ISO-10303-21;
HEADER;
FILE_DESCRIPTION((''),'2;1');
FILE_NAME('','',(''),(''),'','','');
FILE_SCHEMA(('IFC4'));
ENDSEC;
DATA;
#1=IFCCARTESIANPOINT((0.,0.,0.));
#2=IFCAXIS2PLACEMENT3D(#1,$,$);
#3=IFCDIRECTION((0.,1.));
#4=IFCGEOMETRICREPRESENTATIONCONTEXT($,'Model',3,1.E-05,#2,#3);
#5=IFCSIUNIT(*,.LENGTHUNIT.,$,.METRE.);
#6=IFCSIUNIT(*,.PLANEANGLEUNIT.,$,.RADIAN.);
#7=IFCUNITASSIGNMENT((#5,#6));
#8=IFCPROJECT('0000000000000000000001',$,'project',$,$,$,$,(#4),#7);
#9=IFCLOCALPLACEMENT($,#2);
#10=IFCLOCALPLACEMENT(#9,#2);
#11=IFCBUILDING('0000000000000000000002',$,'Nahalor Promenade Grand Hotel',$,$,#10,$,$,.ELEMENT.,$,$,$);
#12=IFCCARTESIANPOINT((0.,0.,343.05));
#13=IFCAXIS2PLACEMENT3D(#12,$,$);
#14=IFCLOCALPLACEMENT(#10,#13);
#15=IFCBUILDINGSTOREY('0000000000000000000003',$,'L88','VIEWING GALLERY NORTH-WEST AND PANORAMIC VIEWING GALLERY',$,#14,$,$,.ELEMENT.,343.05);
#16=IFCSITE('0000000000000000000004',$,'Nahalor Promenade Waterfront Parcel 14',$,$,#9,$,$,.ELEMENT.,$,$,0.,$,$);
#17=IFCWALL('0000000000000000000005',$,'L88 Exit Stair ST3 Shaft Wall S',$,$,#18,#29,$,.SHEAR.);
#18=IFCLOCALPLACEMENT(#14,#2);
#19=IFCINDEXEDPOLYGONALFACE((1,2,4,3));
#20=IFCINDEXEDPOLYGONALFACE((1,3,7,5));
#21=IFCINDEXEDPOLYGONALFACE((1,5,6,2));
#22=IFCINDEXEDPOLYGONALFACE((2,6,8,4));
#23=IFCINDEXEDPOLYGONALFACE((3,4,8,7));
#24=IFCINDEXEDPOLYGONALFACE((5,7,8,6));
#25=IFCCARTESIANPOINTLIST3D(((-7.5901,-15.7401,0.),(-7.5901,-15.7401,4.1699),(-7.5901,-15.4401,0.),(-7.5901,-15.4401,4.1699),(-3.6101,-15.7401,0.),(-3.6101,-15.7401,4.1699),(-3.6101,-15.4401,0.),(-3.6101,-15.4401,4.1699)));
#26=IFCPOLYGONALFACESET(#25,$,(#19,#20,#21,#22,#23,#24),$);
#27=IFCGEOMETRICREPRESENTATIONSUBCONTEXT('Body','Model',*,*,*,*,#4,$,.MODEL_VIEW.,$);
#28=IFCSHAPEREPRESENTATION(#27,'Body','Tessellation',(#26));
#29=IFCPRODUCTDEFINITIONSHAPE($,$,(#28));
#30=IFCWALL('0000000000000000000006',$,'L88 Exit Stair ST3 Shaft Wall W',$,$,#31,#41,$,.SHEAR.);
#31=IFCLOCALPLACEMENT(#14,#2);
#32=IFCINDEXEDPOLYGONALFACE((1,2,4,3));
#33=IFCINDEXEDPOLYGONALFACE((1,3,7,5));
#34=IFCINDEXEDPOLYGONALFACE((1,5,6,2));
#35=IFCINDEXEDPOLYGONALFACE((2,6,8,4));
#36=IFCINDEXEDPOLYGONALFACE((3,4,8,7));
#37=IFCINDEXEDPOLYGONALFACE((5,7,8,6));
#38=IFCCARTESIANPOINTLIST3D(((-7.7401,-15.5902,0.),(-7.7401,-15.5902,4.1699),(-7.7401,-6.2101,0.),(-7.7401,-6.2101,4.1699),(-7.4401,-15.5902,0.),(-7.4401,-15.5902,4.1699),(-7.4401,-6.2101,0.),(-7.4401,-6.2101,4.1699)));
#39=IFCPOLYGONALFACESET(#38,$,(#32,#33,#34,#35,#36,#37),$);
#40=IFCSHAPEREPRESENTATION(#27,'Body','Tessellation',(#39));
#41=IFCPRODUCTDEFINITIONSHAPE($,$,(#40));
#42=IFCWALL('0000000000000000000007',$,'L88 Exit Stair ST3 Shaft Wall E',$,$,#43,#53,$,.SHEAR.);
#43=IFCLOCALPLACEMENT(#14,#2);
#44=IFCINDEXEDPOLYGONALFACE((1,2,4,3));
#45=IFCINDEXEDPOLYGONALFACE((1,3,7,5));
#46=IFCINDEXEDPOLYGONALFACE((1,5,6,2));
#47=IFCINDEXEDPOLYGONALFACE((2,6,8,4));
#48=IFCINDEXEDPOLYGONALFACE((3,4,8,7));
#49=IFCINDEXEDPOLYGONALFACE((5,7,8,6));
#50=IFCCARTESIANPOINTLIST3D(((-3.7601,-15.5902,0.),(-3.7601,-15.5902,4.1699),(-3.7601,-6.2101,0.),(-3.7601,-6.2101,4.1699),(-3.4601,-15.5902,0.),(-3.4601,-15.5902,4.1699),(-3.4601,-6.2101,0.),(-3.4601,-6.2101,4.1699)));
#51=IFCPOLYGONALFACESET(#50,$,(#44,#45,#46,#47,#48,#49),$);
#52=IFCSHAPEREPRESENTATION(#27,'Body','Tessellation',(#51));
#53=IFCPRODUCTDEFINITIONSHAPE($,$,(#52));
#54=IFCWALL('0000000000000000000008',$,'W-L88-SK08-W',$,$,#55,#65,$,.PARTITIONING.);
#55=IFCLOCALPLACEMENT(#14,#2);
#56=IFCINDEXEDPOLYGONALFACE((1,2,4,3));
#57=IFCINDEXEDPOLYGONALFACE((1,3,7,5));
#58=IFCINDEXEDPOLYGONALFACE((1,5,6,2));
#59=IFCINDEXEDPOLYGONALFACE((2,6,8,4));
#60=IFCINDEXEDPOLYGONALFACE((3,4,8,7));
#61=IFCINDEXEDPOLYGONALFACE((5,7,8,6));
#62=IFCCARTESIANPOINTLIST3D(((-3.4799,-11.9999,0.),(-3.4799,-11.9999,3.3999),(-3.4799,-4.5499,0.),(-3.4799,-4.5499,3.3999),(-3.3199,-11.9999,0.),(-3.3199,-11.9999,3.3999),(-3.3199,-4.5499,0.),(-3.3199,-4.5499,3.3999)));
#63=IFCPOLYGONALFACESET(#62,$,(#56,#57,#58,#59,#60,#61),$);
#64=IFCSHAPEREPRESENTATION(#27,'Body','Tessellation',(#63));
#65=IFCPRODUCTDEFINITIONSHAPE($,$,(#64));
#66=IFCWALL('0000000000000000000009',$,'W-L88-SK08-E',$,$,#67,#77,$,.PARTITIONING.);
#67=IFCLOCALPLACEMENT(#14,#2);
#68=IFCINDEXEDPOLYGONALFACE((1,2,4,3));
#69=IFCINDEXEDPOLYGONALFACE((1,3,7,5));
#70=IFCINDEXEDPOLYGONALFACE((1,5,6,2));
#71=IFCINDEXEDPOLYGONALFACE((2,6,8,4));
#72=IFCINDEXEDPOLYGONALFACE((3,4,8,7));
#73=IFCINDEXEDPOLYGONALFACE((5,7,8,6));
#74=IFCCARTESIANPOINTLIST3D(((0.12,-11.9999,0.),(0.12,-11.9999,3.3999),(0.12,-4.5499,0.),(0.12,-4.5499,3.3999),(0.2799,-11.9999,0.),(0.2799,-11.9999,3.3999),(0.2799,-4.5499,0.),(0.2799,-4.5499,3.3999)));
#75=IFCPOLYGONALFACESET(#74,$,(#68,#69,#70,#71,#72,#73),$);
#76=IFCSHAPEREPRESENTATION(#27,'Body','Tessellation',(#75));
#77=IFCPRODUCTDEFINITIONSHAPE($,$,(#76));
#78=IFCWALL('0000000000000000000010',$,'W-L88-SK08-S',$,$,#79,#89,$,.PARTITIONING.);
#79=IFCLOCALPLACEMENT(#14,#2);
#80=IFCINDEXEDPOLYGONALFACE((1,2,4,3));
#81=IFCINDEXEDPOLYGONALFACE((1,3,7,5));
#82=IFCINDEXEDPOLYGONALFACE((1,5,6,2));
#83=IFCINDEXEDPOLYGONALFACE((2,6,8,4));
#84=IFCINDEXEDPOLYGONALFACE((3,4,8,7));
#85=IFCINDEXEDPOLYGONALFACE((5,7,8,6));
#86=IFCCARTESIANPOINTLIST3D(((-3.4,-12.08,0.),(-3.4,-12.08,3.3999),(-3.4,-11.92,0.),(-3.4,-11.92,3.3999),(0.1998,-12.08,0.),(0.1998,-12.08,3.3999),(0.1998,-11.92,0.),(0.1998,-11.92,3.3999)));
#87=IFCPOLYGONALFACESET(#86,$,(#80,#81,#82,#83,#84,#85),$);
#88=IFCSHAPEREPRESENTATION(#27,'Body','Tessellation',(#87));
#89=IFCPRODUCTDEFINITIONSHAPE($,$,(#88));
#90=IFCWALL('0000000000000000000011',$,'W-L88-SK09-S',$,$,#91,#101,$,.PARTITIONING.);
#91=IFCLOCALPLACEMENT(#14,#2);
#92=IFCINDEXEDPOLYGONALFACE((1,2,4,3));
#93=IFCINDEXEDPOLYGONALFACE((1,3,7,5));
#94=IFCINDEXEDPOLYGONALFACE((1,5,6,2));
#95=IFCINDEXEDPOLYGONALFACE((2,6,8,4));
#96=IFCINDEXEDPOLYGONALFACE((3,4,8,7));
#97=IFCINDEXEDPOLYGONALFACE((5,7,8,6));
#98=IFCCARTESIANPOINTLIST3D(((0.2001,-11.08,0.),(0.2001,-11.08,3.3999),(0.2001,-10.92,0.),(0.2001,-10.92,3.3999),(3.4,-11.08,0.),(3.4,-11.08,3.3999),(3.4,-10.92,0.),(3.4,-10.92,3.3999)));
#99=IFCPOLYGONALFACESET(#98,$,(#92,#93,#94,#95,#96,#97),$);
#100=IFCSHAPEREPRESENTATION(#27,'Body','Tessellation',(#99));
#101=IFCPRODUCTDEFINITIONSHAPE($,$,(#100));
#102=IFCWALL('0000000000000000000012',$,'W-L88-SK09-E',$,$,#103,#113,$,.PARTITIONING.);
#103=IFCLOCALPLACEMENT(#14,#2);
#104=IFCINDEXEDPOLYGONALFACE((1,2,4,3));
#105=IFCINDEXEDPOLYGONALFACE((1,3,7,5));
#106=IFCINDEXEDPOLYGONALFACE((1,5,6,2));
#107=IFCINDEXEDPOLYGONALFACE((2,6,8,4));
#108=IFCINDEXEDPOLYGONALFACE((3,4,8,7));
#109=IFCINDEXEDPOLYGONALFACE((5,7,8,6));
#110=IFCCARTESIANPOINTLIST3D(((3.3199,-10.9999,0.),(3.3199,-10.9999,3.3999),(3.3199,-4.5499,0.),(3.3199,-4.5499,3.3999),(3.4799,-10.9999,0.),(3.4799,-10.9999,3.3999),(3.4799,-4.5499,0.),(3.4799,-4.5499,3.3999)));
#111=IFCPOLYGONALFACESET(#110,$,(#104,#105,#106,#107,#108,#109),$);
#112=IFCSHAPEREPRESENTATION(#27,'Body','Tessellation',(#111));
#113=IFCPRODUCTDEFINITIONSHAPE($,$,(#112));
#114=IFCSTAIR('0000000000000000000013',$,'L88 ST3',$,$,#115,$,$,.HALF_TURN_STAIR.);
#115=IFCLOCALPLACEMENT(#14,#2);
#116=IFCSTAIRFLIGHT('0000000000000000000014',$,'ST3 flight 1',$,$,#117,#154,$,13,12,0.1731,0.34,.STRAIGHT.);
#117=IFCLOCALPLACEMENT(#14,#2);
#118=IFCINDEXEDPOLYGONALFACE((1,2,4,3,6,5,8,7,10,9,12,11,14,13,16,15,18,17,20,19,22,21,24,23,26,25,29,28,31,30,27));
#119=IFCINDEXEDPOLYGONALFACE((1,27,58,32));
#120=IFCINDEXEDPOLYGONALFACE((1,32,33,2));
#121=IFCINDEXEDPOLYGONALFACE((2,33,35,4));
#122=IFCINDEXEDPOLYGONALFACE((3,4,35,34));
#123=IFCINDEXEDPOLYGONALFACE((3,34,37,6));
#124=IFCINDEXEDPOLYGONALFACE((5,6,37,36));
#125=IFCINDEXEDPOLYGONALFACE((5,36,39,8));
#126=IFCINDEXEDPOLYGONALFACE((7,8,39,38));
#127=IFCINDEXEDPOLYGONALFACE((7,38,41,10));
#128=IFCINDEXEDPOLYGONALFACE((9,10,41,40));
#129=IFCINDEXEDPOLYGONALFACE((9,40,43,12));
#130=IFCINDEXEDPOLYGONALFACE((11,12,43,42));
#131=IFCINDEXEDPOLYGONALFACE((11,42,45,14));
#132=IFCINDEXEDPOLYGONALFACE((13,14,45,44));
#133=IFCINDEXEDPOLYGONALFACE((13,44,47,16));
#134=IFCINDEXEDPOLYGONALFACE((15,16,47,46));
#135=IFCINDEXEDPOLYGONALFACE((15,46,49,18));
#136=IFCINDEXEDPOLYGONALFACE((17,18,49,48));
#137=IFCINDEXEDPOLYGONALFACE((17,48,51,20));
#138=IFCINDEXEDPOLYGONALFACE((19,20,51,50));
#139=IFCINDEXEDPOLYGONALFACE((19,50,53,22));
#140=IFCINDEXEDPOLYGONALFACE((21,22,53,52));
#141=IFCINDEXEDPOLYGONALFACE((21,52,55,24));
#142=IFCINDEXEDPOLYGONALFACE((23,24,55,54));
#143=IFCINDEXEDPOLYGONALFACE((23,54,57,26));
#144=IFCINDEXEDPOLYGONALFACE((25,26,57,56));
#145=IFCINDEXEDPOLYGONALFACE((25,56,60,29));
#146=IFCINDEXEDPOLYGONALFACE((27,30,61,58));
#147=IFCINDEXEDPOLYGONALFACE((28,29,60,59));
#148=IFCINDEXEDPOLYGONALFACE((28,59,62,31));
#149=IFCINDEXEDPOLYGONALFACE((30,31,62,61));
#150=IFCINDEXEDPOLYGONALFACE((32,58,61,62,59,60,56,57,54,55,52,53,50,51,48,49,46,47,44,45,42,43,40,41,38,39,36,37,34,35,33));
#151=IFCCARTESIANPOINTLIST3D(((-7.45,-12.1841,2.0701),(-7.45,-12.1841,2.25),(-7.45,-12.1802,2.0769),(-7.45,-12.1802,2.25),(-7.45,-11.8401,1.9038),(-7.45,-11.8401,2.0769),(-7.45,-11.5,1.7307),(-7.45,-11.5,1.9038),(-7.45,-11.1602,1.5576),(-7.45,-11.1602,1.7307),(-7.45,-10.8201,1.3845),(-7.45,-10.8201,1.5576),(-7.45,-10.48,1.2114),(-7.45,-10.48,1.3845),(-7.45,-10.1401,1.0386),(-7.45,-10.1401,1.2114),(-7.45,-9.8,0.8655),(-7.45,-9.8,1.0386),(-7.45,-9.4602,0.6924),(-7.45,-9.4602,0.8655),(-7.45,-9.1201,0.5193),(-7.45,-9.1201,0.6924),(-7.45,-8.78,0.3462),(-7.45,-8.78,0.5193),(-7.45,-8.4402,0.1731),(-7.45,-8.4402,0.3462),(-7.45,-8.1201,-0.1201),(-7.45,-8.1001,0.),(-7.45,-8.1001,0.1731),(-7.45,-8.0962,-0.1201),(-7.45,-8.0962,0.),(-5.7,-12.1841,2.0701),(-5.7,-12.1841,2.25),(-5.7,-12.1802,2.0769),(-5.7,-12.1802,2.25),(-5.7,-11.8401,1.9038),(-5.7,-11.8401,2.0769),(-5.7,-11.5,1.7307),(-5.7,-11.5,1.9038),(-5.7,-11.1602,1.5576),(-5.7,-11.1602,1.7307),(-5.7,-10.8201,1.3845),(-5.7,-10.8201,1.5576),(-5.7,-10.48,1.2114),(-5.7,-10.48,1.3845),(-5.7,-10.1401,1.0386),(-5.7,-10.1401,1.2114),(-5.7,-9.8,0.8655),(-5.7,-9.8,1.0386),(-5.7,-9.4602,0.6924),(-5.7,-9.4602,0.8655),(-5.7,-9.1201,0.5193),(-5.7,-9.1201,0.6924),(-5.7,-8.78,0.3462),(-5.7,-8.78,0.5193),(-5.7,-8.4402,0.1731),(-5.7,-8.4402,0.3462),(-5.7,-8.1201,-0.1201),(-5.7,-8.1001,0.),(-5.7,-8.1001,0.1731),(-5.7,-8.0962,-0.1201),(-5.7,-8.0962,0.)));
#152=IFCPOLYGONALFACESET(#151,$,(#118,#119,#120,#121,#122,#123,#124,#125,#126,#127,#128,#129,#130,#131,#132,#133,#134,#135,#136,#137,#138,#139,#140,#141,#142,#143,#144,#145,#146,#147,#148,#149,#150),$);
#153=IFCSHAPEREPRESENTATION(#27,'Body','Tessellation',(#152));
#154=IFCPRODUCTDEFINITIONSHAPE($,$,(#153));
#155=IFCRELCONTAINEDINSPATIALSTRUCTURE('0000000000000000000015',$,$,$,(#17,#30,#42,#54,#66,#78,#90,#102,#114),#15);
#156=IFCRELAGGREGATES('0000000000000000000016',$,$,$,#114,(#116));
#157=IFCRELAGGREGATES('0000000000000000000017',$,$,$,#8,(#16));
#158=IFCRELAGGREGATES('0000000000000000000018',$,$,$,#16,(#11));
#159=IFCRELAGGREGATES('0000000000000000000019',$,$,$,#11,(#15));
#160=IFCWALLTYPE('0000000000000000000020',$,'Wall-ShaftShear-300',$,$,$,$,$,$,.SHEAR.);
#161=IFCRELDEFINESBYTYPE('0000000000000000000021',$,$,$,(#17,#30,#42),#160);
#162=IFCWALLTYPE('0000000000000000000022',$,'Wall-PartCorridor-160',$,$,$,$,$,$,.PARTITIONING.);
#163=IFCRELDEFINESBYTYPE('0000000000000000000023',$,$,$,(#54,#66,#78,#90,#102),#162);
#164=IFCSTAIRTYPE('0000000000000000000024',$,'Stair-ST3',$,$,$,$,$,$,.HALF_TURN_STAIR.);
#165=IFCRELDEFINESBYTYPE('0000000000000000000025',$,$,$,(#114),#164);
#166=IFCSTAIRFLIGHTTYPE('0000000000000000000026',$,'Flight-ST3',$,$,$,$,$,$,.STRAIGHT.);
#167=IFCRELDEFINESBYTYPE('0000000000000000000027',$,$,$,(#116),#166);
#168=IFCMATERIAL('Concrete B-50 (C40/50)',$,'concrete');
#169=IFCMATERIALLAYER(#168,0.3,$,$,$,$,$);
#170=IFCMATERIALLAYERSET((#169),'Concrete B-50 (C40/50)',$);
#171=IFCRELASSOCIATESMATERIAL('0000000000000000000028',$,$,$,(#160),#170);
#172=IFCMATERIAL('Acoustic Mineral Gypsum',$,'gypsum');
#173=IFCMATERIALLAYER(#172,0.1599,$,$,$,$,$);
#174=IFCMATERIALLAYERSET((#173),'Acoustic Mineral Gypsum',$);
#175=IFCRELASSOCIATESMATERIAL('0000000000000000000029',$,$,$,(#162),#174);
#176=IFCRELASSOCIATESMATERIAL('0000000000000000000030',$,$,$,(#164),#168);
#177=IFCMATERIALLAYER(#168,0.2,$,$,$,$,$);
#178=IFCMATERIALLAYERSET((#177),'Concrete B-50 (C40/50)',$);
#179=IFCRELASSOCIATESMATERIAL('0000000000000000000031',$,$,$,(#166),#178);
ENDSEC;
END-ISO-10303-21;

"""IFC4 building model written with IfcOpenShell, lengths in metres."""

from ifc_helpers import new_model, si_unit, direction, frame, frame_2d, origin, place, context, subcontext, project, spatial, polyline, rectangle, outline, extrude, source, transform, mapped, material, layer, layer_set, type_object, element, aggregate, save


model = new_model("IFC4")

# Units and contexts
model_context = context("Model", 3, precision=1e-05, world=origin(), true_north=direction((0.0, 1.0)))
body_context = subcontext(model_context, "Body", "Model", "MODEL_VIEW")
ifc_project = project(units=[si_unit("LENGTHUNIT", "METRE"), si_unit("PLANEANGLEUNIT", "RADIAN")], contexts=[model_context])

# Site, building, storey
site_placement = place(None, origin())
site = spatial("IfcSite", under=ifc_project, at=site_placement, Name="Nahalor Promenade Waterfront Parcel 14", CompositionType="ELEMENT", RefElevation=0.0)
building_placement = place(site_placement, origin())
building = spatial("IfcBuilding", under=site, at=building_placement, Name="Nahalor Promenade Grand Hotel", CompositionType="ELEMENT")
storey_placement = place(building_placement, frame((0.0, 0.0, 343.05)))
storey = spatial("IfcBuildingStorey", under=building, at=storey_placement, Name="L88", Description="VIEWING GALLERY NORTH-WEST AND PANORAMIC VIEWING GALLERY", CompositionType="ELEMENT", Elevation=343.05)

# Shared definitions
ifc_material_1 = material(Name="Concrete B-50 (C40/50)", Category="concrete")

# Wall
ifc_layer_1 = layer(ifc_material_1, 0.3)
ifc_layer_set_1 = layer_set([ifc_layer_1], Name="Concrete B-50 (C40/50)")
wall_type_1 = type_object("IfcWallType", Name="Wall-ShaftShear-300", PredefinedType="SHEAR", material=ifc_layer_set_1)
shared_shape_1 = source(origin(), body_context, "Body", "SweptSolid", [
    extrude(rectangle(XDim=3.98, YDim=0.3, at=frame_2d((1.99, 0.0))), origin(), (0.0, 0.0, 1.0), 4.1699),
])
wall_1_placement = place(storey_placement, frame((-7.5901, -15.5901, 0.0), z_axis=(0.0, 0.0, 1.0), x_axis=(1.0, 0.0, 0.0)))
element("IfcWall", 1, at=wall_1_placement, inside=storey, type_object=wall_type_1, Name="L88 Exit Stair ST3 Shaft Wall S", PredefinedType="SHEAR", context=body_context, shape_type="MappedRepresentation", body=[
    mapped(shared_shape_1, transform((0.0, 0.0, 0.0), scale=1.0)),
])

# Walls
shared_shape_2 = source(origin(), body_context, "Body", "SweptSolid", [
    extrude(rectangle(XDim=9.3801, YDim=0.3, at=frame_2d((4.6899, 0.0))), origin(), (0.0, 0.0, 1.0), 4.1699),
])
for number, where, z_axis, x_axis, name in (
    (2, (-7.5901, -15.5901, 0.0), (0.0, 0.0, 1.0), (0.0, 1.0, 0.0), "L88 Exit Stair ST3 Shaft Wall W"),
    (3, (-3.6101, -15.5901, 0.0), (0.0, 0.0, 1.0), (0.0, 1.0, 0.0), "L88 Exit Stair ST3 Shaft Wall E"),
):
    element("IfcWall", number, at=place(storey_placement, frame(where, z_axis=z_axis, x_axis=x_axis)), inside=storey, type_object=wall_type_1, Name=name, PredefinedType="SHEAR", context=body_context, shape_type="MappedRepresentation", body=[
        mapped(shared_shape_2, transform((0.0, 0.0, 0.0), scale=1.0)),
    ])
ifc_material_2 = material(Name="Acoustic Mineral Gypsum", Category="gypsum")
ifc_layer_2 = layer(ifc_material_2, 0.1599)
ifc_layer_set_2 = layer_set([ifc_layer_2], Name="Acoustic Mineral Gypsum")
wall_type_2 = type_object("IfcWallType", Name="Wall-PartCorridor-160", PredefinedType="PARTITIONING", material=ifc_layer_set_2)
shared_shape_3 = source(origin(), body_context, "Body", "SweptSolid", [
    extrude(rectangle(XDim=7.45, YDim=0.1599, at=frame_2d((3.7251, 0.0))), origin(), (0.0, 0.0, 1.0), 3.3999),
])
for number, where, z_axis, x_axis, name in (
    (4, (-3.3999, -12.0, 0.0), (0.0, 0.0, 1.0), (0.0, 1.0, 0.0), "W-L88-SK08-W"),
    (5, (0.2, -12.0, 0.0), (0.0, 0.0, 1.0), (0.0, 1.0, 0.0), "W-L88-SK08-E"),
):
    element("IfcWall", number, at=place(storey_placement, frame(where, z_axis=z_axis, x_axis=x_axis)), inside=storey, type_object=wall_type_2, Name=name, PredefinedType="PARTITIONING", context=body_context, shape_type="MappedRepresentation", body=[
        mapped(shared_shape_3, transform((0.0, 0.0, 0.0), scale=1.0)),
    ])
shared_shape_4 = source(origin(), body_context, "Body", "SweptSolid", [
    extrude(rectangle(XDim=3.5999, YDim=0.1599, at=frame_2d((1.7998, 0.0))), origin(), (0.0, 0.0, 1.0), 3.3999),
])
wall_2_placement = place(storey_placement, frame((-3.3999, -12.0, 0.0), z_axis=(0.0, 0.0, 1.0), x_axis=(1.0, 0.0, 0.0)))
element("IfcWall", 6, at=wall_2_placement, inside=storey, type_object=wall_type_2, Name="W-L88-SK08-S", PredefinedType="PARTITIONING", context=body_context, shape_type="MappedRepresentation", body=[
    mapped(shared_shape_4, transform((0.0, 0.0, 0.0), scale=1.0)),
])
shared_shape_5 = source(origin(), body_context, "Body", "SweptSolid", [
    extrude(rectangle(XDim=3.2, YDim=0.1599, at=frame_2d((1.6001, 0.0))), origin(), (0.0, 0.0, 1.0), 3.3999),
])
wall_3_placement = place(storey_placement, frame((0.2, -11.0, 0.0), z_axis=(0.0, 0.0, 1.0), x_axis=(1.0, 0.0, 0.0)))
element("IfcWall", 7, at=wall_3_placement, inside=storey, type_object=wall_type_2, Name="W-L88-SK09-S", PredefinedType="PARTITIONING", context=body_context, shape_type="MappedRepresentation", body=[
    mapped(shared_shape_5, transform((0.0, 0.0, 0.0), scale=1.0)),
])
shared_shape_6 = source(origin(), body_context, "Body", "SweptSolid", [
    extrude(rectangle(XDim=6.45, YDim=0.1599, at=frame_2d((3.2251, 0.0))), origin(), (0.0, 0.0, 1.0), 3.3999),
])
wall_4_placement = place(storey_placement, frame((3.3999, -11.0, 0.0), z_axis=(0.0, 0.0, 1.0), x_axis=(0.0, 1.0, 0.0)))
element("IfcWall", 8, at=wall_4_placement, inside=storey, type_object=wall_type_2, Name="W-L88-SK09-E", PredefinedType="PARTITIONING", context=body_context, shape_type="MappedRepresentation", body=[
    mapped(shared_shape_6, transform((0.0, 0.0, 0.0), scale=1.0)),
])

# Stair, stair flight
stair_type = type_object("IfcStairType", Name="Stair-ST3", PredefinedType="HALF_TURN_STAIR", material=ifc_material_1)
stair_placement = place(storey_placement, origin())
stair = element("IfcStair", 9, at=stair_placement, inside=storey, type_object=stair_type, Name="L88 ST3", PredefinedType="HALF_TURN_STAIR")
ifc_layer_3 = layer(ifc_material_1, 0.2)
ifc_layer_set_3 = layer_set([ifc_layer_3], Name="Concrete B-50 (C40/50)")
stair_flight_type = type_object("IfcStairFlightType", Name="Flight-ST3", PredefinedType="STRAIGHT", material=ifc_layer_set_3)
shared_shape_7 = source(origin(), body_context, "Body", "SweptSolid", [
    extrude(outline(polyline([(-0.0039, -0.1201), (-0.0039, 0.0), (0.0, 0.0), (0.0, 0.1731), (0.3401, 0.1731), (0.3401, 0.3462), (0.6799, 0.3462), (0.6799, 0.5193), (1.02, 0.5193), (1.02, 0.6924), (1.3601, 0.6924), (1.3601, 0.8655), (1.7, 0.8655), (1.7, 1.0386), (2.04, 1.0386), (2.04, 1.2114), (2.3799, 1.2114), (2.3799, 1.3845), (2.72, 1.3845), (2.72, 1.5576), (3.0601, 1.5576), (3.0601, 1.7307), (3.3999, 1.7307), (3.3999, 1.9038), (3.74, 1.9038), (3.74, 2.0769), (4.0801, 2.0769), (4.0801, 2.25), (4.084, 2.25), (4.084, 2.0701), (0.02, -0.1201), (-0.0039, -0.1201)])), frame((0.0, 0.875, 0.0), z_axis=(0.0, -1.0, 0.0), x_axis=(1.0, 0.0, 0.0)), (0.0, 0.0, 1.0), 1.75),
])
stair_flight_1_placement = place(storey_placement, frame((-6.575, -8.1001, 0.0), z_axis=(0.0, 0.0, 1.0), x_axis=(0.0, -1.0, 0.0)))
stair_flight_1 = element("IfcStairFlight", 10, at=stair_flight_1_placement, type_object=stair_flight_type, Name="ST3 flight 1", NumberOfRisers=13, NumberOfTreads=12, PredefinedType="STRAIGHT", RiserHeight=0.1731, TreadLength=0.34, context=body_context, shape_type="MappedRepresentation", body=[
    mapped(shared_shape_7, transform((0.0, 0.0, 0.0), scale=1.0)),
])
aggregate(stair, [stair_flight_1])

save(model, "model.ifc")
